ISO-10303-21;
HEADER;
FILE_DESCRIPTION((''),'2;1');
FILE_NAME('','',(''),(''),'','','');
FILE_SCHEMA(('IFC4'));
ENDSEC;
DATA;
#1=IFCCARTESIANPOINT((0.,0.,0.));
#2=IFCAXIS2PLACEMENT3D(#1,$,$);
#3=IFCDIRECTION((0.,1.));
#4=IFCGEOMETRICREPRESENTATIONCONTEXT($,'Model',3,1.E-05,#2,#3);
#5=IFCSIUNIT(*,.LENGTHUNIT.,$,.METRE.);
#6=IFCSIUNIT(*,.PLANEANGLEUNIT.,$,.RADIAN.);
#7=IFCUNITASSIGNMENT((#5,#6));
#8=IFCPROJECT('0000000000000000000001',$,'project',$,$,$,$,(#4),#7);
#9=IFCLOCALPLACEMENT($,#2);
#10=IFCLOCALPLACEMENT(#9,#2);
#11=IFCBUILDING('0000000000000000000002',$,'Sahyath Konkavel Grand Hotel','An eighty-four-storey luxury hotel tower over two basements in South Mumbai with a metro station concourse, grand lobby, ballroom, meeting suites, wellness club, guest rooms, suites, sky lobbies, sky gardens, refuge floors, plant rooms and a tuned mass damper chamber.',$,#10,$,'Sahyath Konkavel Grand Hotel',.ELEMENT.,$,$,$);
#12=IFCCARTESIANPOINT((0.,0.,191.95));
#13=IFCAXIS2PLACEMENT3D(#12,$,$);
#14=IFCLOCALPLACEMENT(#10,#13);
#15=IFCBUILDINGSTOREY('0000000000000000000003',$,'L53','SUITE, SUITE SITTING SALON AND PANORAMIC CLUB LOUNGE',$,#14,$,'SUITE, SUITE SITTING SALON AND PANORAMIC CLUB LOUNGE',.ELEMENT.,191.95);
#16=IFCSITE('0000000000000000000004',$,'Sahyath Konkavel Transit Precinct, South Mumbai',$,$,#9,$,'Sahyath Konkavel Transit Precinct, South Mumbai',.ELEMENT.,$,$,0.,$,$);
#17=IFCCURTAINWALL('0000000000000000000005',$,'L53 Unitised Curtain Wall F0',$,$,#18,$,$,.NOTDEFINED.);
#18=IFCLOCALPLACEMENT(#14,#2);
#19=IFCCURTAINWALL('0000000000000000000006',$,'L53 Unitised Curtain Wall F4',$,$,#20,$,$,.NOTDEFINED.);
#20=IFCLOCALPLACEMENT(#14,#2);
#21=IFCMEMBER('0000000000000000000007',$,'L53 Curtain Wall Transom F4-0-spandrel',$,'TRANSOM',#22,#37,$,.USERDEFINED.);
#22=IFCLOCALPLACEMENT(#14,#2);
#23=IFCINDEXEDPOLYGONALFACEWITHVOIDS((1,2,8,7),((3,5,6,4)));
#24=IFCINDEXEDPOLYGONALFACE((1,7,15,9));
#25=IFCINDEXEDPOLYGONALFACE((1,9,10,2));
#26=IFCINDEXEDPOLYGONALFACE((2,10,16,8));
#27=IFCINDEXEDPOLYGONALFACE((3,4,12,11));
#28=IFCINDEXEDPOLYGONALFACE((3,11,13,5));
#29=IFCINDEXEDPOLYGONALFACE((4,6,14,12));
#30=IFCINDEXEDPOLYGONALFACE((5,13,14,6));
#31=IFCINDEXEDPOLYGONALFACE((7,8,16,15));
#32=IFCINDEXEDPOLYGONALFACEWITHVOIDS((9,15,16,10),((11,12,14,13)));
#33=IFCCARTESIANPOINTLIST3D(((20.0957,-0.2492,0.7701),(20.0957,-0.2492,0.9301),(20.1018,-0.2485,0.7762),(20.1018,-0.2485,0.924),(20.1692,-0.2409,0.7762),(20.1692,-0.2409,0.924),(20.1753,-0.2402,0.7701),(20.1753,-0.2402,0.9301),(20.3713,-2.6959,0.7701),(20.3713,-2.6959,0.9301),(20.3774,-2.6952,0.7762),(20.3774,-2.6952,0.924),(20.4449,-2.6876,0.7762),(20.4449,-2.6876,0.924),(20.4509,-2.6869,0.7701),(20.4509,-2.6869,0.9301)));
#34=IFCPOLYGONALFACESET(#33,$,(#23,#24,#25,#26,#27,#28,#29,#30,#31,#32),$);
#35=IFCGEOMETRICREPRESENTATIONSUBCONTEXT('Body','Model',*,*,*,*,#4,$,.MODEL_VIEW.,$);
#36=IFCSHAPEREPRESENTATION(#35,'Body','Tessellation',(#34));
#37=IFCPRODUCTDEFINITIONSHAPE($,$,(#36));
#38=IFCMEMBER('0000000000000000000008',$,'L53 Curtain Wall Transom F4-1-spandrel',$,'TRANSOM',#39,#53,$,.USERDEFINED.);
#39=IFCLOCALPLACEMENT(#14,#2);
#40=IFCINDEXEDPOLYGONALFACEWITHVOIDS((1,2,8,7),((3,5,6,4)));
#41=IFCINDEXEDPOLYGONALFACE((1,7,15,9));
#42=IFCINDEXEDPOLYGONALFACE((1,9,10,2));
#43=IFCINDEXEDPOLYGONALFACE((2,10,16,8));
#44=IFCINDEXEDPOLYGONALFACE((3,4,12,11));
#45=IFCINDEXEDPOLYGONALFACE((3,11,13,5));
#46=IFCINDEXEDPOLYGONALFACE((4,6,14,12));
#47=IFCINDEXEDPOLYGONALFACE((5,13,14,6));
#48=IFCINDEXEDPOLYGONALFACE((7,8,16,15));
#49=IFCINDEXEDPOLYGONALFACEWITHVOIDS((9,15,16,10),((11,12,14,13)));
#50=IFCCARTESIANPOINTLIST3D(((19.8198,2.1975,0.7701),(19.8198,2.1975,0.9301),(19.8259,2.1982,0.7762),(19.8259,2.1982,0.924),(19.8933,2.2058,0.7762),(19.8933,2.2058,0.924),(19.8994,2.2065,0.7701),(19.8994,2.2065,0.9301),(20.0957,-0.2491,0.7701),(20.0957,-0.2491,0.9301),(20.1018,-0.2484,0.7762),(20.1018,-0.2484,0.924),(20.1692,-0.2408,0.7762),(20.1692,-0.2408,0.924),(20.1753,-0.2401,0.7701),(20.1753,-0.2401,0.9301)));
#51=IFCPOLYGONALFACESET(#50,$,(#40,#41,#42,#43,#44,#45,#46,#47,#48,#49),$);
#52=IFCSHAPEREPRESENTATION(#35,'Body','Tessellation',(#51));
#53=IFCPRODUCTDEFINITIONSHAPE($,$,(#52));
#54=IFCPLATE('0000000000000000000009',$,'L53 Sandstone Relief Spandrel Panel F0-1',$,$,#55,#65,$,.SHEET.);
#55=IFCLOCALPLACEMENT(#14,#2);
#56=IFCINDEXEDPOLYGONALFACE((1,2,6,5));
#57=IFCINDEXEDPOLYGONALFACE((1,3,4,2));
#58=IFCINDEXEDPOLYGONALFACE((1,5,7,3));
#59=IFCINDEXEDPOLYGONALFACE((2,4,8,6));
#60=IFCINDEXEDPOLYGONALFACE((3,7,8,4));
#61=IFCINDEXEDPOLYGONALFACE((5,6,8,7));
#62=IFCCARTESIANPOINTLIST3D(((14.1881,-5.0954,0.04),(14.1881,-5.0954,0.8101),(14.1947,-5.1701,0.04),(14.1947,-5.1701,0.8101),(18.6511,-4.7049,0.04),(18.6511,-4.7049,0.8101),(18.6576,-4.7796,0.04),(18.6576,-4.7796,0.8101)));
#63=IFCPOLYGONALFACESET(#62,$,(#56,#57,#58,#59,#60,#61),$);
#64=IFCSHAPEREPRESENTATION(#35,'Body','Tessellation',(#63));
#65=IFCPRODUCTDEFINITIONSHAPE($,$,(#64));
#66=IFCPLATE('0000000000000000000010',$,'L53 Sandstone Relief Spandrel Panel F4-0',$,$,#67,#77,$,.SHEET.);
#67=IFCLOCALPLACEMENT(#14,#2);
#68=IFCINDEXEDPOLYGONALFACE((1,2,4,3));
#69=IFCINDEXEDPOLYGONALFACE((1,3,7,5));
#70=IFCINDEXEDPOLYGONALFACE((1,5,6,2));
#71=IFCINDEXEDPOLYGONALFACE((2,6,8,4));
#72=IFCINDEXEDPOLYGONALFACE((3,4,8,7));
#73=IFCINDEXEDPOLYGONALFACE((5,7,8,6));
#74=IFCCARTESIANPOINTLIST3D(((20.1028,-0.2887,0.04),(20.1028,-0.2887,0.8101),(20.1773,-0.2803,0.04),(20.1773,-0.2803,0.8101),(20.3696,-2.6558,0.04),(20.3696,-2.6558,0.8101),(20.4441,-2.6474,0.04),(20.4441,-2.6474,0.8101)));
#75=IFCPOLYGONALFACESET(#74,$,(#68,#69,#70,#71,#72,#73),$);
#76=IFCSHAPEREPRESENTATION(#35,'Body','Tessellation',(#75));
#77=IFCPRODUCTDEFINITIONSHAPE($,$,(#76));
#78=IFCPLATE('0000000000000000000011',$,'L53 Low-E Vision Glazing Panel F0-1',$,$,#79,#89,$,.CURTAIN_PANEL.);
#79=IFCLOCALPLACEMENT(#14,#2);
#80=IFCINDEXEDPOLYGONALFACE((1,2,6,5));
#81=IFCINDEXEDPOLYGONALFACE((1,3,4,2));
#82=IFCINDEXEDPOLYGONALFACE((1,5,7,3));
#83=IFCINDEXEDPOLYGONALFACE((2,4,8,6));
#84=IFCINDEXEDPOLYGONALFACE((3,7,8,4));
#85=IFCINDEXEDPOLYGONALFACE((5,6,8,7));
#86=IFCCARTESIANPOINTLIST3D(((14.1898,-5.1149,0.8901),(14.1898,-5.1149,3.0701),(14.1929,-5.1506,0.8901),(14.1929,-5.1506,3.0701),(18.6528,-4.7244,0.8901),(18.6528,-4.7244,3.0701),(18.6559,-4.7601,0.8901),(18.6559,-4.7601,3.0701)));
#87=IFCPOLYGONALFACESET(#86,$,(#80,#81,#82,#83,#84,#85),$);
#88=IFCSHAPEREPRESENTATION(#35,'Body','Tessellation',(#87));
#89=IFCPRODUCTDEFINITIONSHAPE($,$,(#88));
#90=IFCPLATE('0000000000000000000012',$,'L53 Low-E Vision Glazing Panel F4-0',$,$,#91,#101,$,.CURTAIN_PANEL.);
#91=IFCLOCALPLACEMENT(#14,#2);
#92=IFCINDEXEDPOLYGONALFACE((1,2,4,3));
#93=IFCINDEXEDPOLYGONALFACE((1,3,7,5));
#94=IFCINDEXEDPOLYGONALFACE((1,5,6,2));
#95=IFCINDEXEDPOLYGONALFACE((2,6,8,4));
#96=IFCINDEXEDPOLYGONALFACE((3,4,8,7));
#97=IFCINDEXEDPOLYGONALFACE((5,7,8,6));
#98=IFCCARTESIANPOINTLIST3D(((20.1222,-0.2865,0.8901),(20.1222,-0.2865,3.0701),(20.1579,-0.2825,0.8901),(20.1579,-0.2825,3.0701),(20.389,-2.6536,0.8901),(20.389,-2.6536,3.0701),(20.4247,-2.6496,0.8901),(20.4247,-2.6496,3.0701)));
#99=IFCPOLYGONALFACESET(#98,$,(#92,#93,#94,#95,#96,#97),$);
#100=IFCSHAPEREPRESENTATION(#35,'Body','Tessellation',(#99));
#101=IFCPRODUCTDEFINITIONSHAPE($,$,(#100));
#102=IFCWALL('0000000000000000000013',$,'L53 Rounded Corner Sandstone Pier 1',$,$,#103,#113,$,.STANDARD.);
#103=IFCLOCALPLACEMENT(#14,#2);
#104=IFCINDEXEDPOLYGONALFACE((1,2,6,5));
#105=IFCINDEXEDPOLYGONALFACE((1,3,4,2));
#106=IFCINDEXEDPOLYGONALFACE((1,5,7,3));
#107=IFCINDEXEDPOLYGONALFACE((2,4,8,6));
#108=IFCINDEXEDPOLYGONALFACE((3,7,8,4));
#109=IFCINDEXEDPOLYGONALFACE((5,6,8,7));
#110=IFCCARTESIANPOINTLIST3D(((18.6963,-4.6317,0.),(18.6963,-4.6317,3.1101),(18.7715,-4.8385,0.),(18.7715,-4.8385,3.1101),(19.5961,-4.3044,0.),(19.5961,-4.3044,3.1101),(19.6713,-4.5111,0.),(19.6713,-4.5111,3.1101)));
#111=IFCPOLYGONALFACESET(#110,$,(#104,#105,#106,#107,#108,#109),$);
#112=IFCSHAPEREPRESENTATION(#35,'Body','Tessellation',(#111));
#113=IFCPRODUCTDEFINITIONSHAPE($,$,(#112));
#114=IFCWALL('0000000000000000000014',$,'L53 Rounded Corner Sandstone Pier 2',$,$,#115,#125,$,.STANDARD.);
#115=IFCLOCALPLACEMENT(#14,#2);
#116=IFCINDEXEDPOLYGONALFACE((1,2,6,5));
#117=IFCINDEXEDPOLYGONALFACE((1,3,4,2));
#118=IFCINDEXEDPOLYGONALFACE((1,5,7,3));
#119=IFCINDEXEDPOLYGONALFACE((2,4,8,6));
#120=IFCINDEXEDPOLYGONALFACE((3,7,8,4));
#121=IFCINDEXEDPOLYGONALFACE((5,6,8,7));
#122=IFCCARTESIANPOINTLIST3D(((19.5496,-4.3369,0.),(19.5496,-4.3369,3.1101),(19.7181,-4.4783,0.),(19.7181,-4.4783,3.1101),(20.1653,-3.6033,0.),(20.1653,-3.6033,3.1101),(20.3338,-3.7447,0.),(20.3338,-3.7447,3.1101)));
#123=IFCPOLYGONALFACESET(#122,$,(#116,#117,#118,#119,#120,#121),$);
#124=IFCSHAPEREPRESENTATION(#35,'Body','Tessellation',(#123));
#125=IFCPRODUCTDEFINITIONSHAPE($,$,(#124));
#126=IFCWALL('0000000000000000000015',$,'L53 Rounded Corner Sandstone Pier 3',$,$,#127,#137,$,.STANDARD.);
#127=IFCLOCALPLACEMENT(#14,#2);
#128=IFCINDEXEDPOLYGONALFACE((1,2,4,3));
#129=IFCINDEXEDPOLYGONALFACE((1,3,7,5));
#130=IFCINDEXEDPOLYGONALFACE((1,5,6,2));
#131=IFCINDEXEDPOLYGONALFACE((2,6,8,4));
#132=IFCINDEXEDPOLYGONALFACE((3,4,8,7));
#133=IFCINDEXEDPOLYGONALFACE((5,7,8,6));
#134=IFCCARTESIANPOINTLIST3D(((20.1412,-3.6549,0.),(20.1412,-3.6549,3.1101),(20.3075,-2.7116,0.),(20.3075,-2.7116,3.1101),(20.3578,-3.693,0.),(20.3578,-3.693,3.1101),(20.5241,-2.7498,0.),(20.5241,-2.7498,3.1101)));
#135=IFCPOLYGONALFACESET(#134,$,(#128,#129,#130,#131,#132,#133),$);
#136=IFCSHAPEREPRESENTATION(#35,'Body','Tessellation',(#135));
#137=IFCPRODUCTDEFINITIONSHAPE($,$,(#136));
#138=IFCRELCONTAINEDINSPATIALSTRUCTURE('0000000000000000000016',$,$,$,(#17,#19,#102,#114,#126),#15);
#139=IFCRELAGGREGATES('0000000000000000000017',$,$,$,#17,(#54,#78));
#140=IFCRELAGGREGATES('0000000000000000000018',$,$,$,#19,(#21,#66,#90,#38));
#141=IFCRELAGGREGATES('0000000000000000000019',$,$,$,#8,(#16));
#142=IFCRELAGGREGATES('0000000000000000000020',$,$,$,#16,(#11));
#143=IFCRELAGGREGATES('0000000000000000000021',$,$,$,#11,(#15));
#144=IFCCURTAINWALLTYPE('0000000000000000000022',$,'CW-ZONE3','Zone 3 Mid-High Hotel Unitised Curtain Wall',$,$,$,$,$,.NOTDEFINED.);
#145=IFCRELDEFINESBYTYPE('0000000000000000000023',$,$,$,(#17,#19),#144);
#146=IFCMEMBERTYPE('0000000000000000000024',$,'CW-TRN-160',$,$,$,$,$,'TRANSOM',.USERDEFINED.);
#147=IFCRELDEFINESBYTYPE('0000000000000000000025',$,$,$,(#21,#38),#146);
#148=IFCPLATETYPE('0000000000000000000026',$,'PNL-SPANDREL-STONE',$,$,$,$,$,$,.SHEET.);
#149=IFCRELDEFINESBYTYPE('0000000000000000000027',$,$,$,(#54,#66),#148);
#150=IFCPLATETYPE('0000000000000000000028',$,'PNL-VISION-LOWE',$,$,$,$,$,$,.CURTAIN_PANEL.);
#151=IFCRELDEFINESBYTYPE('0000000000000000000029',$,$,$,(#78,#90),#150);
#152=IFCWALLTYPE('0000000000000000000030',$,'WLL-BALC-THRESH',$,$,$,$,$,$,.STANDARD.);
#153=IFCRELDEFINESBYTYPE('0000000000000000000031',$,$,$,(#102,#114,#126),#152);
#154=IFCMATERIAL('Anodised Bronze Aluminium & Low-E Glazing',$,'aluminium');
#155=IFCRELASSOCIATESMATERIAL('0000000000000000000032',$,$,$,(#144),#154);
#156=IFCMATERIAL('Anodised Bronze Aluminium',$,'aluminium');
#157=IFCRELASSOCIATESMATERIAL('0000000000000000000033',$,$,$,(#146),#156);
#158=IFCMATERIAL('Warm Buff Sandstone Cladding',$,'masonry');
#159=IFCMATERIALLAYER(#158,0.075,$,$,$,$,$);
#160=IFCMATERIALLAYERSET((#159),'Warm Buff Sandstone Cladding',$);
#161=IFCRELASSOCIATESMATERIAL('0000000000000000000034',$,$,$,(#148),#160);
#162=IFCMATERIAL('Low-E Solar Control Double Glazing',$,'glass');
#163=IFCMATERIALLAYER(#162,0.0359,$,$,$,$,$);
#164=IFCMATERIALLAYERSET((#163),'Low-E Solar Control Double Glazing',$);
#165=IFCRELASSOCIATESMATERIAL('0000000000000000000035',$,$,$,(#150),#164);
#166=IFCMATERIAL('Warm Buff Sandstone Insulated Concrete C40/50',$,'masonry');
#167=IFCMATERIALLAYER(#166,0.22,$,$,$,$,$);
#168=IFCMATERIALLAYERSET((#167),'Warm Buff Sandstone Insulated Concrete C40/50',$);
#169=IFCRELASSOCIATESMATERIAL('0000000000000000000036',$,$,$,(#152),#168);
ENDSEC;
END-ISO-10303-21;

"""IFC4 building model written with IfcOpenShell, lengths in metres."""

from ifc_helpers import new_model, si_unit, direction, frame, frame_2d, origin, origin_2d, place, context, subcontext, project, spatial, rectangle, hollow_rectangle, extrude, source, transform, mapped, material, layer, layer_set, material_profile, profile_set, type_object, element, aggregate, save


model = new_model("IFC4")

# Units and contexts
model_context = context("Model", 3, precision=1e-05, world=origin(), true_north=direction((0.0, 1.0)))
body_context = subcontext(model_context, "Body", "Model", "MODEL_VIEW")
ifc_project = project(units=[si_unit("LENGTHUNIT", "METRE"), si_unit("PLANEANGLEUNIT", "RADIAN")], contexts=[model_context])

# Site, building, storey
site_placement = place(None, origin())
site = spatial("IfcSite", under=ifc_project, at=site_placement, Name="Sahyath Konkavel Transit Precinct, South Mumbai", LongName="Sahyath Konkavel Transit Precinct, South Mumbai", CompositionType="ELEMENT", RefElevation=0.0)
building_placement = place(site_placement, origin())
building = spatial("IfcBuilding", under=site, at=building_placement, Name="Sahyath Konkavel Grand Hotel", Description="An eighty-four-storey luxury hotel tower over two basements in South Mumbai with a metro station concourse, grand lobby, ballroom, meeting suites, wellness club, guest rooms, suites, sky lobbies, sky gardens, refuge floors, plant rooms and a tuned mass damper chamber.", LongName="Sahyath Konkavel Grand Hotel", CompositionType="ELEMENT")
storey_placement = place(building_placement, frame((0.0, 0.0, 191.95)))
storey = spatial("IfcBuildingStorey", under=building, at=storey_placement, Name="L53", Description="SUITE, SUITE SITTING SALON AND PANORAMIC CLUB LOUNGE", LongName="SUITE, SUITE SITTING SALON AND PANORAMIC CLUB LOUNGE", CompositionType="ELEMENT", Elevation=191.95)

# Curtain walls
ifc_material_1 = material(Name="Anodised Bronze Aluminium & Low-E Glazing", Category="aluminium")
curtain_wall_type = type_object("IfcCurtainWallType", Name="CW-ZONE3", Description="Zone 3 Mid-High Hotel Unitised Curtain Wall", PredefinedType="NOTDEFINED", material=ifc_material_1)
curtain_wall_1_placement = place(storey_placement, origin())
curtain_wall_1 = element("IfcCurtainWall", 1, at=curtain_wall_1_placement, inside=storey, type_object=curtain_wall_type, Name="L53 Unitised Curtain Wall F0", PredefinedType="NOTDEFINED")
ifc_material_2 = material(Name="Anodised Bronze Aluminium", Category="aluminium")
curtain_wall_2_placement = place(storey_placement, origin())
curtain_wall_2 = element("IfcCurtainWall", 2, at=curtain_wall_2_placement, inside=storey, type_object=curtain_wall_type, Name="L53 Unitised Curtain Wall F4", PredefinedType="NOTDEFINED")

# Members
ifc_material_profile_1 = material_profile(ifc_material_2, hollow_rectangle(XDim=0.0801, YDim=0.1599, WallThickness=0.0061, at=origin_2d()), Name="RHS 160x80x6")
ifc_profile_set_1 = profile_set([ifc_material_profile_1], Name="Anodised Bronze Aluminium")
member_type_1 = type_object("IfcMemberType", Name="CW-TRN-160", ElementType="TRANSOM", PredefinedType="USERDEFINED", material=ifc_profile_set_1)
shared_shape_1 = source(origin(), body_context, "Body", "SweptSolid", [
    extrude(hollow_rectangle(XDim=0.0801, YDim=0.1599, WallThickness=0.0061, at=origin_2d()), origin(), (0.0, 0.0, 1.0), 2.4622),
])
member_1_placement = place(storey_placement, frame((20.4111, -2.6914, 0.8501), z_axis=(-0.111944, 0.993715, 0.0), x_axis=(-0.993715, -0.111944, 0.0)))
member_1 = element("IfcMember", 3, at=member_1_placement, type_object=member_type_1, Name="L53 Curtain Wall Transom F4-0-spandrel", ObjectType="TRANSOM", PredefinedType="USERDEFINED", context=body_context, shape_type="MappedRepresentation", body=[
    mapped(shared_shape_1, transform((0.0, 0.0, 0.0), scale=1.0)),
])
member_2_placement = place(storey_placement, frame((20.1355, -0.2446, 0.8501), z_axis=(-0.112053, 0.993702, 0.0), x_axis=(-0.993702, -0.112053, 0.0)))
member_2 = element("IfcMember", 4, at=member_2_placement, type_object=member_type_1, Name="L53 Curtain Wall Transom F4-1-spandrel", ObjectType="TRANSOM", PredefinedType="USERDEFINED", context=body_context, shape_type="MappedRepresentation", body=[
    mapped(shared_shape_1, transform((0.0, 0.0, 0.0), scale=1.0)),
])

# Plates
ifc_material_3 = material(Name="Warm Buff Sandstone Cladding", Category="masonry")
ifc_layer_1 = layer(ifc_material_3, 0.075)
ifc_layer_set_1 = layer_set([ifc_layer_1], Name="Warm Buff Sandstone Cladding")
plate_type_1 = type_object("IfcPlateType", Name="PNL-SPANDREL-STONE", PredefinedType="SHEET", material=ifc_layer_set_1)
shared_shape_2 = source(origin(), body_context, "Body", "SweptSolid", [
    extrude(rectangle(XDim=4.48, YDim=0.075, at=origin_2d()), origin(), (0.0, 0.0, 1.0), 0.77),
])
plate_1_placement = place(storey_placement, frame((16.4229, -4.9375, 0.04), z_axis=(0.0, 0.0, 1.0), x_axis=(0.996195, 0.087156, 0.0)))
plate_1 = element("IfcPlate", 5, at=plate_1_placement, type_object=plate_type_1, Name="L53 Sandstone Relief Spandrel Panel F0-1", PredefinedType="SHEET", context=body_context, shape_type="MappedRepresentation", body=[
    mapped(shared_shape_2, transform((0.0, 0.0, 0.0), scale=1.0)),
])
shared_shape_3 = source(origin(), body_context, "Body", "SweptSolid", [
    extrude(rectangle(XDim=2.3821, YDim=0.075, at=origin_2d()), origin(), (0.0, 0.0, 1.0), 0.77),
])
plate_2_placement = place(storey_placement, frame((20.2734, -1.468, 0.04), z_axis=(0.0, 0.0, 1.0), x_axis=(-0.111989, 0.993709, 0.0)))
plate_2 = element("IfcPlate", 6, at=plate_2_placement, type_object=plate_type_1, Name="L53 Sandstone Relief Spandrel Panel F4-0", PredefinedType="SHEET", context=body_context, shape_type="MappedRepresentation", body=[
    mapped(shared_shape_3, transform((0.0, 0.0, 0.0), scale=1.0)),
])
ifc_material_4 = material(Name="Low-E Solar Control Double Glazing", Category="glass")
ifc_layer_2 = layer(ifc_material_4, 0.0359)
ifc_layer_set_2 = layer_set([ifc_layer_2], Name="Low-E Solar Control Double Glazing")
plate_type_2 = type_object("IfcPlateType", Name="PNL-VISION-LOWE", PredefinedType="CURTAIN_PANEL", material=ifc_layer_set_2)
shared_shape_4 = source(origin(), body_context, "Body", "SweptSolid", [
    extrude(rectangle(XDim=4.48, YDim=0.0359, at=origin_2d()), origin(), (0.0, 0.0, 1.0), 2.1799),
])
plate_3_placement = place(storey_placement, frame((16.4229, -4.9375, 0.8901), z_axis=(0.0, 0.0, 1.0), x_axis=(0.996195, 0.087156, 0.0)))
plate_3 = element("IfcPlate", 7, at=plate_3_placement, type_object=plate_type_2, Name="L53 Low-E Vision Glazing Panel F0-1", PredefinedType="CURTAIN_PANEL", context=body_context, shape_type="MappedRepresentation", body=[
    mapped(shared_shape_4, transform((0.0, 0.0, 0.0), scale=1.0)),
])
aggregate(curtain_wall_1, [plate_1, plate_3])
shared_shape_5 = source(origin(), body_context, "Body", "SweptSolid", [
    extrude(rectangle(XDim=2.3821, YDim=0.0359, at=origin_2d()), origin(), (0.0, 0.0, 1.0), 2.1799),
])
plate_4_placement = place(storey_placement, frame((20.2734, -1.468, 0.8901), z_axis=(0.0, 0.0, 1.0), x_axis=(-0.111989, 0.993709, 0.0)))
plate_4 = element("IfcPlate", 8, at=plate_4_placement, type_object=plate_type_2, Name="L53 Low-E Vision Glazing Panel F4-0", PredefinedType="CURTAIN_PANEL", context=body_context, shape_type="MappedRepresentation", body=[
    mapped(shared_shape_5, transform((0.0, 0.0, 0.0), scale=1.0)),
])
aggregate(curtain_wall_2, [member_1, plate_2, plate_4, member_2])

# Walls
ifc_material_5 = material(Name="Warm Buff Sandstone Insulated Concrete C40/50", Category="masonry")
ifc_layer_3 = layer(ifc_material_5, 0.22)
ifc_layer_set_3 = layer_set([ifc_layer_3], Name="Warm Buff Sandstone Insulated Concrete C40/50")
wall_type_1 = type_object("IfcWallType", Name="WLL-BALC-THRESH", PredefinedType="STANDARD", material=ifc_layer_set_3)
wall_1_placement = place(storey_placement, frame((18.7339, -4.7351, 0.0), z_axis=(0.0, 0.0, 1.0), x_axis=(0.939741, 0.341886, 0.0)))
element("IfcWall", 9, at=wall_1_placement, inside=storey, type_object=wall_type_1, Name="L53 Rounded Corner Sandstone Pier 1", PredefinedType="STANDARD", context=body_context, shape_type="SweptSolid", body=[
    extrude(rectangle(XDim=0.9575, YDim=0.22, at=frame_2d((0.4788, 0.0))), origin(), (0.0, 0.0, 1.0), 3.1101),
])
for number, where, z_axis, x_axis, name in (
    (10, (19.6338, -4.4077, 0.0), (0.0, 0.0, 1.0), (0.642863, 0.765981, 0.0), "L53 Rounded Corner Sandstone Pier 2"),
    (11, (20.2495, -3.6741, 0.0), (0.0, 0.0, 1.0), (0.173611, 0.984814, 0.0), "L53 Rounded Corner Sandstone Pier 3"),
):
    element("IfcWall", number, at=place(storey_placement, frame(where, z_axis=z_axis, x_axis=x_axis)), inside=storey, type_object=wall_type_1, Name=name, PredefinedType="STANDARD", context=body_context, shape_type="SweptSolid", body=[
        extrude(rectangle(XDim=0.9578, YDim=0.22, at=frame_2d((0.479, 0.0))), origin(), (0.0, 0.0, 1.0), 3.1101),
    ])

save(model, "model.ifc")
